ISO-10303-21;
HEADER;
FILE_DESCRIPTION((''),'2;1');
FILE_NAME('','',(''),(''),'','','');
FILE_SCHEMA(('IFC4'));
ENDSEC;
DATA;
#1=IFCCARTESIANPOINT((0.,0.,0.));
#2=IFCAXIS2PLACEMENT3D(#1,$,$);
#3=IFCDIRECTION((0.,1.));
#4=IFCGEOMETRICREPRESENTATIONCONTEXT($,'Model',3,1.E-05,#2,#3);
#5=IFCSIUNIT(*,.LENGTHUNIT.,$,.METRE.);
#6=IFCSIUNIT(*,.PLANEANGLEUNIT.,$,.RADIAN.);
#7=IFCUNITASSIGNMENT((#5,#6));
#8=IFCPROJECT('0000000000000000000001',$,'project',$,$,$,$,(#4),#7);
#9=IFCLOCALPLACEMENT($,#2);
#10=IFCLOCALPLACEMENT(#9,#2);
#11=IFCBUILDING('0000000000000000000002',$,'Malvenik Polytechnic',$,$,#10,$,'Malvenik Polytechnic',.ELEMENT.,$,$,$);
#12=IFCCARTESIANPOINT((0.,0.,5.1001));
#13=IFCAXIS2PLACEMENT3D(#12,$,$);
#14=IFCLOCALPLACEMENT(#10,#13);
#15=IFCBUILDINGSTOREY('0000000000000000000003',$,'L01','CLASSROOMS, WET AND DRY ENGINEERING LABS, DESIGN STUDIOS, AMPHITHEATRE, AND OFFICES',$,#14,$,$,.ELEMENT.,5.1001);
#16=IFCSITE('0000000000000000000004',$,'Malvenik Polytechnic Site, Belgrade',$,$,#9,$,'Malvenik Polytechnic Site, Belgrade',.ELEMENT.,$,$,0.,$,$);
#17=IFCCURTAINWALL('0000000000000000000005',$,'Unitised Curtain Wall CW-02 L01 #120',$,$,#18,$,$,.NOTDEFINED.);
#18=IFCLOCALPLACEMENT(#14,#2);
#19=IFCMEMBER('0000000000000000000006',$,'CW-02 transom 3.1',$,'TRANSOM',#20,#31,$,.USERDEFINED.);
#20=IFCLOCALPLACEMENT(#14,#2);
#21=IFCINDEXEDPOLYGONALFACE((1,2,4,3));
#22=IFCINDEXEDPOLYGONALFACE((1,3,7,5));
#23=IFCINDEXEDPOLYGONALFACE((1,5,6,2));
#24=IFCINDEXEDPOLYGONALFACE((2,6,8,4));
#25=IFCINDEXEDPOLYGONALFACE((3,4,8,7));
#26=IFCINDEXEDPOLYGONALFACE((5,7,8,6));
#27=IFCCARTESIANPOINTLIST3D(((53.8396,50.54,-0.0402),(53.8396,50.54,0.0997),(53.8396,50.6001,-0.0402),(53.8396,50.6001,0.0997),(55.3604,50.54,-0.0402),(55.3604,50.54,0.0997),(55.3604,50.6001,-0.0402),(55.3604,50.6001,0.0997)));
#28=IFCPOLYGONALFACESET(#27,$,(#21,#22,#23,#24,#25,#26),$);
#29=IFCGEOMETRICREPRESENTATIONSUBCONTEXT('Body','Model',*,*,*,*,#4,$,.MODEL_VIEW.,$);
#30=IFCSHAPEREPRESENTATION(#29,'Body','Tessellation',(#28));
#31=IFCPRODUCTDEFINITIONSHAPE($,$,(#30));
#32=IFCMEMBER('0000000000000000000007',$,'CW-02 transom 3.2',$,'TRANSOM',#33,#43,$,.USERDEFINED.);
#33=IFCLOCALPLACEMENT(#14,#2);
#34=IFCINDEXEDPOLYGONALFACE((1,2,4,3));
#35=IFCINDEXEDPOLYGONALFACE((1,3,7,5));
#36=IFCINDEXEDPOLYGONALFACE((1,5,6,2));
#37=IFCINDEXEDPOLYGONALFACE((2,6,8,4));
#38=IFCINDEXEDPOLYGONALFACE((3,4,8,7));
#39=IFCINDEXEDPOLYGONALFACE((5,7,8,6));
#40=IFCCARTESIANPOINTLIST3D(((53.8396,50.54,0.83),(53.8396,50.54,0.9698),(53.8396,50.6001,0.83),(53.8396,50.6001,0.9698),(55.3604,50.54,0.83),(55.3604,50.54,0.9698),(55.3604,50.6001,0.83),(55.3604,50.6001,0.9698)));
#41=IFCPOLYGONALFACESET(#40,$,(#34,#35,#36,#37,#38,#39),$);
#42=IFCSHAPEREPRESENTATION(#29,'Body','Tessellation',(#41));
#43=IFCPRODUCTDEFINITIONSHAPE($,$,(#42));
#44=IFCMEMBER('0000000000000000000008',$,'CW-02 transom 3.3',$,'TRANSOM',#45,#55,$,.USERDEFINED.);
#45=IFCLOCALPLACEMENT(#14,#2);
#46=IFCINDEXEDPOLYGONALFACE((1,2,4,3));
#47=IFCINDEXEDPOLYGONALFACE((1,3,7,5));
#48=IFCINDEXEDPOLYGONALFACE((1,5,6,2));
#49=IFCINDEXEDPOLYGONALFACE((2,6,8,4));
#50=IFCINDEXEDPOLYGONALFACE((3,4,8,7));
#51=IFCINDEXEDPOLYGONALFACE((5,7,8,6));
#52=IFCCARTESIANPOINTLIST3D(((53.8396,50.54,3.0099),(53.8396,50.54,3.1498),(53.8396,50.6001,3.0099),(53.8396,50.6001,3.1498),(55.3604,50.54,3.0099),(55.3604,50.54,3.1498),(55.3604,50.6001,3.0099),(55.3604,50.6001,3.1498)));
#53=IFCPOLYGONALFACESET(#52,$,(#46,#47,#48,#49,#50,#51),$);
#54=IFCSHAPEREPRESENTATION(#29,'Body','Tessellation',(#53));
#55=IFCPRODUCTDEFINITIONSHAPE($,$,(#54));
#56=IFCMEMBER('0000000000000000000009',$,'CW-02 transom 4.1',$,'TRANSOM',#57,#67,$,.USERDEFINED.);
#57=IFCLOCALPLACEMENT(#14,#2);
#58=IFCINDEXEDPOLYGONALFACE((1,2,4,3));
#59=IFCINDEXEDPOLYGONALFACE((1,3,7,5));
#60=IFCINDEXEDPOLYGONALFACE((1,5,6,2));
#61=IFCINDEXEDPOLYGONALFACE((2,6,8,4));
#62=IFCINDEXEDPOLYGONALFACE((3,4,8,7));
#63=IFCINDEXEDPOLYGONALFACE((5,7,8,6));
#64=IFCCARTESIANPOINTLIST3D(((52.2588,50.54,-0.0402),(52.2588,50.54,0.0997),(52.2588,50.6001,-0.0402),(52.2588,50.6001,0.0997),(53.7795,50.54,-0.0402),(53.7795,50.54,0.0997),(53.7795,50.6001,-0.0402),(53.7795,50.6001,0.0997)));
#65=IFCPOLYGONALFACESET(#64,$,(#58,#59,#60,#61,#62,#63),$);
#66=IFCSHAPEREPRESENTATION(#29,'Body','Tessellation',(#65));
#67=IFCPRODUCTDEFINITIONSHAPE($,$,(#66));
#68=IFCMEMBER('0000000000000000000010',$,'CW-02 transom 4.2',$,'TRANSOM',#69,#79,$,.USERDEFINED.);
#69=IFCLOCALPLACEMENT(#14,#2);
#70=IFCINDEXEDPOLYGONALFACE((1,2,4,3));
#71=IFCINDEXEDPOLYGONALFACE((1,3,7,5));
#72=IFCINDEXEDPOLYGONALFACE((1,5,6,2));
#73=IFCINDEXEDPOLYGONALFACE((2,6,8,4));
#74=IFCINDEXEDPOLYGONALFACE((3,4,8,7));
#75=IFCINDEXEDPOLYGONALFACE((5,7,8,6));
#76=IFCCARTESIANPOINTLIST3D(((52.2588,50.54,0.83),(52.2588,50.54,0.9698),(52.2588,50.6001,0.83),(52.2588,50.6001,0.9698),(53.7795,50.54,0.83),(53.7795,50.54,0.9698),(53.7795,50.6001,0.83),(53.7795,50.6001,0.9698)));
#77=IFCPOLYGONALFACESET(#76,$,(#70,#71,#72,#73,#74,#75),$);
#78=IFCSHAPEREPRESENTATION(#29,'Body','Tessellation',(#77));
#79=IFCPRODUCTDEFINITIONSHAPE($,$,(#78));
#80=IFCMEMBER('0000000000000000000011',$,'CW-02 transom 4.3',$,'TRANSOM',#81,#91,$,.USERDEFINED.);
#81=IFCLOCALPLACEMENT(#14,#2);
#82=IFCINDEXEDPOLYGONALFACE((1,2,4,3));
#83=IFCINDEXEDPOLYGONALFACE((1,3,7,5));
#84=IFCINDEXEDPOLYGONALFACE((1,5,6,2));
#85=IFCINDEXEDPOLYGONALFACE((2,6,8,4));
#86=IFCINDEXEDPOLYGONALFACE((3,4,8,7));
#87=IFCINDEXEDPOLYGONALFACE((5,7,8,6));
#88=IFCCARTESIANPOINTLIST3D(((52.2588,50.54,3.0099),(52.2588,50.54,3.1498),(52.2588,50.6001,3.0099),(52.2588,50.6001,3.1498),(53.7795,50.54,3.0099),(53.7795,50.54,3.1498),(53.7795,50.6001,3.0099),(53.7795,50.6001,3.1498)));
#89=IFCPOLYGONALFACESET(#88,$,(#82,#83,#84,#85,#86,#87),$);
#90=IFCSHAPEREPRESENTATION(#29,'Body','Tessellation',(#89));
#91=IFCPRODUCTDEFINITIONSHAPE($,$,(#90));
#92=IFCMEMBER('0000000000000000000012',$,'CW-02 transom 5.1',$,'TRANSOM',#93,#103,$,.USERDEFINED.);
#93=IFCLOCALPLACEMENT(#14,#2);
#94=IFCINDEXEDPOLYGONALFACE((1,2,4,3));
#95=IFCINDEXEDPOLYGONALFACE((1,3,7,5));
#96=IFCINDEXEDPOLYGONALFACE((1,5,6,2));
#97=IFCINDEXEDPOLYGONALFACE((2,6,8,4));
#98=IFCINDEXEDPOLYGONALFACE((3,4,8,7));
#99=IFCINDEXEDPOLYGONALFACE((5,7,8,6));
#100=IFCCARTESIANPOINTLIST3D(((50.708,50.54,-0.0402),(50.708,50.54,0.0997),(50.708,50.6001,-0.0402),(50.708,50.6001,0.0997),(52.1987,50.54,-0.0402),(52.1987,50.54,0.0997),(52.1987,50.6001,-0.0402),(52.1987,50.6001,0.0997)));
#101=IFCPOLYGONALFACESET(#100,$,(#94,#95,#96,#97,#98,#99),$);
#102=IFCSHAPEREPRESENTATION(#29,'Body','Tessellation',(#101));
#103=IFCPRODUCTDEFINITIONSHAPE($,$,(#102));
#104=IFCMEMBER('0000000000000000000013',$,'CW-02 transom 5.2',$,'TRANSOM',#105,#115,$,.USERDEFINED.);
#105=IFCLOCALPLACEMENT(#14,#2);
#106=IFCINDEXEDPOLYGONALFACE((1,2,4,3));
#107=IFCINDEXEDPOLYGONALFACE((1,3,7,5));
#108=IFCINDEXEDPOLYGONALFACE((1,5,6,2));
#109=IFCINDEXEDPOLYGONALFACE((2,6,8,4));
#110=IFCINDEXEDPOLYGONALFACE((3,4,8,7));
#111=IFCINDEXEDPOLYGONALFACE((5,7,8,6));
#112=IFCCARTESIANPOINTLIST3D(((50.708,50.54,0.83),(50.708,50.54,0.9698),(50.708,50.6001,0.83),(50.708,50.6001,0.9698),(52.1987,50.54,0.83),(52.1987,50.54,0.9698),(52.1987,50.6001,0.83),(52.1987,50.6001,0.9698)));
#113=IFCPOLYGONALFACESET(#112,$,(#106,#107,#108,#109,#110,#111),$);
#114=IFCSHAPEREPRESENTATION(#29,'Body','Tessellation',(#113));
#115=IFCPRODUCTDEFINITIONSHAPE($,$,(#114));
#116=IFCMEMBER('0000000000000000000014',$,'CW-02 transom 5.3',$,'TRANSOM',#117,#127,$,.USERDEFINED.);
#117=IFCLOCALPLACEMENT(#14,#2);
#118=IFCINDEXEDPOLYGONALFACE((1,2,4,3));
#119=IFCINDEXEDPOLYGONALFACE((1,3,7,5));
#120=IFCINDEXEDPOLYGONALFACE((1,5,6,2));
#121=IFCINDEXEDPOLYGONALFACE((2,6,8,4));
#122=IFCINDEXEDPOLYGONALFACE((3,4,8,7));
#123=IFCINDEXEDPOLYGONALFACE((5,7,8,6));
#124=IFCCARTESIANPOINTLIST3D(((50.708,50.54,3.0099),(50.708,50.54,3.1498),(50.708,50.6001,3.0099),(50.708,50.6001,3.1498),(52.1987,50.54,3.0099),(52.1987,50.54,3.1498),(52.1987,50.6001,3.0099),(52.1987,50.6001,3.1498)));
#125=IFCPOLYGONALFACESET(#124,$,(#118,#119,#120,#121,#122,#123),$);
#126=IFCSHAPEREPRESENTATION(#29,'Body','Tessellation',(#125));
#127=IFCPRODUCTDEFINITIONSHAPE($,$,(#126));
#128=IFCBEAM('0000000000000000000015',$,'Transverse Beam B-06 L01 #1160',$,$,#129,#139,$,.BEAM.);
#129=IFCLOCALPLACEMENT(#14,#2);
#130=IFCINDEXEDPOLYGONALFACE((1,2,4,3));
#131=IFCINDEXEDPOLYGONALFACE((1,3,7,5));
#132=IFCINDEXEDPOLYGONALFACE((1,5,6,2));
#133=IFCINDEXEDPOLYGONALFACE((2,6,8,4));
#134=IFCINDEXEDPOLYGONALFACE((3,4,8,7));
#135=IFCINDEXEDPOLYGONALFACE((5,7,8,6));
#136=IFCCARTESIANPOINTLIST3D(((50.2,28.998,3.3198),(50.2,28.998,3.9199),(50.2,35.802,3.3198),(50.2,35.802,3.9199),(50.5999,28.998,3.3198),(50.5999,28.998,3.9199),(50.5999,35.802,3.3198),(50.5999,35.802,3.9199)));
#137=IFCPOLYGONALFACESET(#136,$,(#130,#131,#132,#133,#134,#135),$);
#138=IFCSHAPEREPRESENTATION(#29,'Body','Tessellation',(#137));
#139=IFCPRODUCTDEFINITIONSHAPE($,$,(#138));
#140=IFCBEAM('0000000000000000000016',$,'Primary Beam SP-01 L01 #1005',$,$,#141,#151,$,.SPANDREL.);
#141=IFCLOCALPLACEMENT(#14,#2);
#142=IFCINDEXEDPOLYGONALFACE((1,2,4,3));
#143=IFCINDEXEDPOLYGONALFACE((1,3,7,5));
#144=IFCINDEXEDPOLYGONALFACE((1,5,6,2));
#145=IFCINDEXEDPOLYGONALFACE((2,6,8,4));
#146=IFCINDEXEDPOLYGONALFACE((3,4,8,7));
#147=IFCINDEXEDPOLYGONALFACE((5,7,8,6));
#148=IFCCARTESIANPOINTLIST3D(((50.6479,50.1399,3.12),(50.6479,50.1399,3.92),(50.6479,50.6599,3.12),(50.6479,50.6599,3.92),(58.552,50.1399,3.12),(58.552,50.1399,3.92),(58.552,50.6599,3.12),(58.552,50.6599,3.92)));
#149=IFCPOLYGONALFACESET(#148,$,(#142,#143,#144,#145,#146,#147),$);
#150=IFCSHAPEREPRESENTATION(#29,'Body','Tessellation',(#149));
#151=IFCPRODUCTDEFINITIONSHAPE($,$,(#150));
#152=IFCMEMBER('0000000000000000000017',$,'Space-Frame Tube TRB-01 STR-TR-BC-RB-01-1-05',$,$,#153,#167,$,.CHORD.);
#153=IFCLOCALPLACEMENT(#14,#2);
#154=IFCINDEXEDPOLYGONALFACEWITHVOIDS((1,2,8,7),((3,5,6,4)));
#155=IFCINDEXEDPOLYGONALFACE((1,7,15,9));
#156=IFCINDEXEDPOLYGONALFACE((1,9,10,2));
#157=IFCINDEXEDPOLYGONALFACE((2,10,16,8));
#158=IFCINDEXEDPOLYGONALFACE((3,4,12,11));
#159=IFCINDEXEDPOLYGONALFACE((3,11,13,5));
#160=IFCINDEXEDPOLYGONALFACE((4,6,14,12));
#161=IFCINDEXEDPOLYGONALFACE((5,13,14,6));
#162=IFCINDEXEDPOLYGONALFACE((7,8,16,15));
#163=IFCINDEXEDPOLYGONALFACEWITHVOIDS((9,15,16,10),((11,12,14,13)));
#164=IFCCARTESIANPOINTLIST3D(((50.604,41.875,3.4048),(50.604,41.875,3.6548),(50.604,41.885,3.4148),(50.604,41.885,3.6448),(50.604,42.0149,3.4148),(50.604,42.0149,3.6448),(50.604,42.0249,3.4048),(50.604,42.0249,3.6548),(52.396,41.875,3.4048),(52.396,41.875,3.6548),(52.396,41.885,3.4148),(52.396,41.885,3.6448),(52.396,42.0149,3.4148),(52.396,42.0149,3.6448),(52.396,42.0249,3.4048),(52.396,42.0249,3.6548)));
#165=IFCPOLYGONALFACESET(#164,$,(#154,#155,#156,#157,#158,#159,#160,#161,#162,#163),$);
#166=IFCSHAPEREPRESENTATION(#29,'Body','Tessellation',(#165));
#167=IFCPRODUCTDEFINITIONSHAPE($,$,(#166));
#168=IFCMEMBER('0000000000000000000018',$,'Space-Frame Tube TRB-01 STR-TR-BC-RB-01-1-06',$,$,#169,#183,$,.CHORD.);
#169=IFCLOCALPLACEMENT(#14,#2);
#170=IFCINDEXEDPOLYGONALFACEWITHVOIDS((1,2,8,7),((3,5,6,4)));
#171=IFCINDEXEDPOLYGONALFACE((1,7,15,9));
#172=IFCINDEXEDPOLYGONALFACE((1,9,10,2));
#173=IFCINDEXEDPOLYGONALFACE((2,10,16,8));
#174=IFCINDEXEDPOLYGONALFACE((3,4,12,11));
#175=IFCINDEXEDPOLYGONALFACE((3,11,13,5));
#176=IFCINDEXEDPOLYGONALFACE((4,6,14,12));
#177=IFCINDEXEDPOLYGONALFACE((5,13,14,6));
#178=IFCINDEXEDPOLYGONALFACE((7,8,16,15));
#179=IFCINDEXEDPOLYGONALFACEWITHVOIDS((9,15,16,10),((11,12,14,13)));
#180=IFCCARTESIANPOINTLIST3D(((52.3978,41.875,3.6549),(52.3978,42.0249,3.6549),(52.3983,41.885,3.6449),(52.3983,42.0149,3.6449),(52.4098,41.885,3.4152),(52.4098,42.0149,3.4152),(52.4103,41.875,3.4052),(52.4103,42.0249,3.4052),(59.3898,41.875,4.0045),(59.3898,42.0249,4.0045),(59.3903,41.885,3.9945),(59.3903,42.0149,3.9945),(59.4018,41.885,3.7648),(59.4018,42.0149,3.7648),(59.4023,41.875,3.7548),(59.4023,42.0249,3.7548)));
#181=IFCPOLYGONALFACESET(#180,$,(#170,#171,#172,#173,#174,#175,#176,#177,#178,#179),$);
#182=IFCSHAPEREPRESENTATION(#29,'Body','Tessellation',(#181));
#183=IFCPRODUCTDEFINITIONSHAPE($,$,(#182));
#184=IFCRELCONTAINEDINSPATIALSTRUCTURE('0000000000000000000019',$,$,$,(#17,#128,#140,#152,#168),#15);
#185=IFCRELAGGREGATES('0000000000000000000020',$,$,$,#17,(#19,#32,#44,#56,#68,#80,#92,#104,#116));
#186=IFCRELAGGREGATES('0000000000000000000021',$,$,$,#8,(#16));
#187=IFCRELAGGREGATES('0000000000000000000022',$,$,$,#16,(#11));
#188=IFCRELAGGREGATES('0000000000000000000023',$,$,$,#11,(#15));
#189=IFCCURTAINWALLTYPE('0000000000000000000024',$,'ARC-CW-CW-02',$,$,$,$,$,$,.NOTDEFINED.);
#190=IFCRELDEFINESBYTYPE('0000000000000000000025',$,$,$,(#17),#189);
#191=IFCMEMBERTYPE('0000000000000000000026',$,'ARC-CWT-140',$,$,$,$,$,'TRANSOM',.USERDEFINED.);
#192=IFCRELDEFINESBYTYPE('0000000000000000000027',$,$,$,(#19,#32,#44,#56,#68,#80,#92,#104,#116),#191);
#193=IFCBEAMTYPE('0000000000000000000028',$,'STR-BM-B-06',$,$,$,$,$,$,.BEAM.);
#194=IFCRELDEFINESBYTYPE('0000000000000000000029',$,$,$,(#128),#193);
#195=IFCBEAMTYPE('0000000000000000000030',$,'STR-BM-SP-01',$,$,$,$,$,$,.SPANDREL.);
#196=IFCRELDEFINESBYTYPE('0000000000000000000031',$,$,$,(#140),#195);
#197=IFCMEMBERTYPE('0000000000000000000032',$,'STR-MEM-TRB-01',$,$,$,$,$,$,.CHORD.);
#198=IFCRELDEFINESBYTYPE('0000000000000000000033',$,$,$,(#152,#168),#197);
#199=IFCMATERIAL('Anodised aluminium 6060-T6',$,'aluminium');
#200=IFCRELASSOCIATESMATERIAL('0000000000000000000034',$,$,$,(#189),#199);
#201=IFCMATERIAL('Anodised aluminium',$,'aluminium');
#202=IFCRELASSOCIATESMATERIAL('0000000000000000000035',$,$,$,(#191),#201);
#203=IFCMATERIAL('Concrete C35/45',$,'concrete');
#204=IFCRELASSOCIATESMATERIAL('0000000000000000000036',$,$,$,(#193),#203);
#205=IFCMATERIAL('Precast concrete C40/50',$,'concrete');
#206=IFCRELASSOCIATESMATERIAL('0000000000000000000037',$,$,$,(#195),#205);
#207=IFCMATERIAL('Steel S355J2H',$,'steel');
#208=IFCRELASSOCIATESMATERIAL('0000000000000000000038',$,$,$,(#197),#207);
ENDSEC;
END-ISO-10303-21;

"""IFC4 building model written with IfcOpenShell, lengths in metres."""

from ifc_helpers import new_model, si_unit, direction, frame, origin, origin_2d, place, context, subcontext, project, spatial, rectangle, hollow_rectangle, extrude, material, material_profile, profile_set, type_object, element, aggregate, save


model = new_model("IFC4")

# Units and contexts
model_context = context("Model", 3, precision=1e-05, world=origin(), true_north=direction((0.0, 1.0)))
body_context = subcontext(model_context, "Body", "Model", "MODEL_VIEW")
ifc_project = project(units=[si_unit("LENGTHUNIT", "METRE"), si_unit("PLANEANGLEUNIT", "RADIAN")], contexts=[model_context])

# Site, building, storey
site_placement = place(None, origin())
site = spatial("IfcSite", under=ifc_project, at=site_placement, Name="Malvenik Polytechnic Site, Belgrade", LongName="Malvenik Polytechnic Site, Belgrade", CompositionType="ELEMENT", RefElevation=0.0)
building_placement = place(site_placement, origin())
building = spatial("IfcBuilding", under=site, at=building_placement, Name="Malvenik Polytechnic", LongName="Malvenik Polytechnic", CompositionType="ELEMENT")
storey_placement = place(building_placement, frame((0.0, 0.0, 5.1001)))
storey = spatial("IfcBuildingStorey", under=building, at=storey_placement, Name="L01", Description="CLASSROOMS, WET AND DRY ENGINEERING LABS, DESIGN STUDIOS, AMPHITHEATRE, AND OFFICES", CompositionType="ELEMENT", Elevation=5.1001)

# Shared definitions
ifc_material_1 = material(Name="Concrete C35/45", Category="concrete")
ifc_material_2 = material(Name="Steel S355J2H", Category="steel")

# Shared definitions
ifc_material_3 = material(Name="Anodised aluminium 6060-T6", Category="aluminium")
ifc_material_4 = material(Name="Anodised aluminium", Category="aluminium")

# Curtain wall
curtain_wall_type_1 = type_object("IfcCurtainWallType", Name="ARC-CW-CW-02", PredefinedType="NOTDEFINED", material=ifc_material_3)
curtain_wall_1_placement = place(storey_placement, origin())
curtain_wall_1 = element("IfcCurtainWall", 1, at=curtain_wall_1_placement, inside=storey, type_object=curtain_wall_type_1, Name="Unitised Curtain Wall CW-02 L01 #120", PredefinedType="NOTDEFINED")

# Members
ifc_material_profile_1 = material_profile(ifc_material_4, rectangle(XDim=0.0601, YDim=0.1399, at=origin_2d()), Name="ALU TRANSOM 60x140")
ifc_profile_set_1 = profile_set([ifc_material_profile_1], Name="Anodised aluminium")
member_type_1 = type_object("IfcMemberType", Name="ARC-CWT-140", ElementType="TRANSOM", PredefinedType="USERDEFINED", material=ifc_profile_set_1)
member_1_placement = place(storey_placement, frame((55.3604, 50.5701, 0.0298), z_axis=(-1.0, 0.0, 0.0), x_axis=(0.0, -1.0, 0.0)))
member_1 = element("IfcMember", 2, at=member_1_placement, type_object=member_type_1, Name="CW-02 transom 3.1", ObjectType="TRANSOM", PredefinedType="USERDEFINED", context=body_context, shape_type="SweptSolid", body=[
    extrude(rectangle(XDim=0.0601, YDim=0.1399, at=origin_2d()), origin(), (0.0, 0.0, 1.0), 1.5208),
])
member_2_placement = place(storey_placement, frame((55.3604, 50.5701, 0.8999), z_axis=(-1.0, 0.0, 0.0), x_axis=(0.0, -1.0, 0.0)))
member_2 = element("IfcMember", 3, at=member_2_placement, type_object=member_type_1, Name="CW-02 transom 3.2", ObjectType="TRANSOM", PredefinedType="USERDEFINED", context=body_context, shape_type="SweptSolid", body=[
    extrude(rectangle(XDim=0.0601, YDim=0.1399, at=origin_2d()), origin(), (0.0, 0.0, 1.0), 1.5208),
])
member_3_placement = place(storey_placement, frame((55.3604, 50.5701, 3.0798), z_axis=(-1.0, 0.0, 0.0), x_axis=(0.0, -1.0, 0.0)))
member_3 = element("IfcMember", 4, at=member_3_placement, type_object=member_type_1, Name="CW-02 transom 3.3", ObjectType="TRANSOM", PredefinedType="USERDEFINED", context=body_context, shape_type="SweptSolid", body=[
    extrude(rectangle(XDim=0.0601, YDim=0.1399, at=origin_2d()), origin(), (0.0, 0.0, 1.0), 1.5208),
])
member_4_placement = place(storey_placement, frame((53.7795, 50.5701, 0.0298), z_axis=(-1.0, 0.0, 0.0), x_axis=(0.0, -1.0, 0.0)))
member_4 = element("IfcMember", 5, at=member_4_placement, type_object=member_type_1, Name="CW-02 transom 4.1", ObjectType="TRANSOM", PredefinedType="USERDEFINED", context=body_context, shape_type="SweptSolid", body=[
    extrude(rectangle(XDim=0.0601, YDim=0.1399, at=origin_2d()), origin(), (0.0, 0.0, 1.0), 1.5208),
])
member_5_placement = place(storey_placement, frame((53.7795, 50.5701, 0.8999), z_axis=(-1.0, 0.0, 0.0), x_axis=(0.0, -1.0, 0.0)))
member_5 = element("IfcMember", 6, at=member_5_placement, type_object=member_type_1, Name="CW-02 transom 4.2", ObjectType="TRANSOM", PredefinedType="USERDEFINED", context=body_context, shape_type="SweptSolid", body=[
    extrude(rectangle(XDim=0.0601, YDim=0.1399, at=origin_2d()), origin(), (0.0, 0.0, 1.0), 1.5208),
])
member_6_placement = place(storey_placement, frame((53.7795, 50.5701, 3.0798), z_axis=(-1.0, 0.0, 0.0), x_axis=(0.0, -1.0, 0.0)))
member_6 = element("IfcMember", 7, at=member_6_placement, type_object=member_type_1, Name="CW-02 transom 4.3", ObjectType="TRANSOM", PredefinedType="USERDEFINED", context=body_context, shape_type="SweptSolid", body=[
    extrude(rectangle(XDim=0.0601, YDim=0.1399, at=origin_2d()), origin(), (0.0, 0.0, 1.0), 1.5208),
])
member_7_placement = place(storey_placement, frame((52.1987, 50.5701, 0.0298), z_axis=(-1.0, 0.0, 0.0), x_axis=(0.0, -1.0, 0.0)))
member_7 = element("IfcMember", 8, at=member_7_placement, type_object=member_type_1, Name="CW-02 transom 5.1", ObjectType="TRANSOM", PredefinedType="USERDEFINED", context=body_context, shape_type="SweptSolid", body=[
    extrude(rectangle(XDim=0.0601, YDim=0.1399, at=origin_2d()), origin(), (0.0, 0.0, 1.0), 1.4907),
])
member_8_placement = place(storey_placement, frame((52.1987, 50.5701, 0.8999), z_axis=(-1.0, 0.0, 0.0), x_axis=(0.0, -1.0, 0.0)))
member_8 = element("IfcMember", 9, at=member_8_placement, type_object=member_type_1, Name="CW-02 transom 5.2", ObjectType="TRANSOM", PredefinedType="USERDEFINED", context=body_context, shape_type="SweptSolid", body=[
    extrude(rectangle(XDim=0.0601, YDim=0.1399, at=origin_2d()), origin(), (0.0, 0.0, 1.0), 1.4907),
])
member_9_placement = place(storey_placement, frame((52.1987, 50.5701, 3.0798), z_axis=(-1.0, 0.0, 0.0), x_axis=(0.0, -1.0, 0.0)))
member_9 = element("IfcMember", 10, at=member_9_placement, type_object=member_type_1, Name="CW-02 transom 5.3", ObjectType="TRANSOM", PredefinedType="USERDEFINED", context=body_context, shape_type="SweptSolid", body=[
    extrude(rectangle(XDim=0.0601, YDim=0.1399, at=origin_2d()), origin(), (0.0, 0.0, 1.0), 1.4907),
])

# Beams
ifc_material_profile_2 = material_profile(ifc_material_1, rectangle(XDim=0.3999, YDim=0.6001, at=origin_2d()), Name="RC BM 400x600")
ifc_profile_set_2 = profile_set([ifc_material_profile_2], Name="Concrete C35/45")
beam_type_1 = type_object("IfcBeamType", Name="STR-BM-B-06", PredefinedType="BEAM", material=ifc_profile_set_2)
beam_1_placement = place(storey_placement, frame((50.3999, 28.998, 3.6199), z_axis=(0.0, 1.0, 0.0), x_axis=(-1.0, 0.0, 0.0)))
element("IfcBeam", 11, at=beam_1_placement, inside=storey, type_object=beam_type_1, Name="Transverse Beam B-06 L01 #1160", PredefinedType="BEAM", context=body_context, shape_type="SweptSolid", body=[
    extrude(rectangle(XDim=0.3999, YDim=0.6001, at=origin_2d()), origin(), (0.0, 0.0, 1.0), 6.804),
])
ifc_material_5 = material(Name="Precast concrete C40/50", Category="concrete")
ifc_material_profile_3 = material_profile(ifc_material_5, rectangle(XDim=0.52, YDim=0.8, at=origin_2d()), Name="PC SPN 520x800")
ifc_profile_set_3 = profile_set([ifc_material_profile_3], Name="Precast concrete C40/50")
beam_type_2 = type_object("IfcBeamType", Name="STR-BM-SP-01", PredefinedType="SPANDREL", material=ifc_profile_set_3)
beam_2_placement = place(storey_placement, frame((50.6479, 50.3999, 3.52), z_axis=(1.0, 0.0, 0.0), x_axis=(0.0, 1.0, 0.0)))
element("IfcBeam", 12, at=beam_2_placement, inside=storey, type_object=beam_type_2, Name="Primary Beam SP-01 L01 #1005", PredefinedType="SPANDREL", context=body_context, shape_type="SweptSolid", body=[
    extrude(rectangle(XDim=0.52, YDim=0.8, at=origin_2d()), origin(), (0.0, 0.0, 1.0), 7.9041),
])

# Members
ifc_material_profile_4 = material_profile(ifc_material_2, hollow_rectangle(XDim=0.1499, YDim=0.25, WallThickness=0.01, at=origin_2d()), Name="RHS 250x150x10.0")
ifc_profile_set_4 = profile_set([ifc_material_profile_4], Name="Steel S355J2H")
member_type_2 = type_object("IfcMemberType", Name="STR-MEM-TRB-01", PredefinedType="CHORD", material=ifc_profile_set_4)
member_10_placement = place(storey_placement, frame((50.604, 41.95, 3.5298), z_axis=(1.0, 0.0, 0.0), x_axis=(0.0, 1.0, 0.0)))
element("IfcMember", 13, at=member_10_placement, inside=storey, type_object=member_type_2, Name="Space-Frame Tube TRB-01 STR-TR-BC-RB-01-1-05", PredefinedType="CHORD", context=body_context, shape_type="SweptSolid", body=[
    extrude(hollow_rectangle(XDim=0.1499, YDim=0.25, WallThickness=0.01, at=origin_2d()), origin(), (0.0, 0.0, 1.0), 1.792),
])
member_11_placement = place(storey_placement, frame((52.4041, 41.95, 3.53), z_axis=(0.998752, 0.0, 0.049939), x_axis=(0.0, 1.0, 0.0)))
element("IfcMember", 14, at=member_11_placement, inside=storey, type_object=member_type_2, Name="Space-Frame Tube TRB-01 STR-TR-BC-RB-01-1-06", PredefinedType="CHORD", context=body_context, shape_type="SweptSolid", body=[
    extrude(hollow_rectangle(XDim=0.1499, YDim=0.25, WallThickness=0.01, at=origin_2d()), origin(), (0.0, 0.0, 1.0), 7.0007),
])

aggregate(curtain_wall_1, [member_1, member_2, member_3, member_4, member_5, member_6, member_7, member_8, member_9])

save(model, "model.ifc")
